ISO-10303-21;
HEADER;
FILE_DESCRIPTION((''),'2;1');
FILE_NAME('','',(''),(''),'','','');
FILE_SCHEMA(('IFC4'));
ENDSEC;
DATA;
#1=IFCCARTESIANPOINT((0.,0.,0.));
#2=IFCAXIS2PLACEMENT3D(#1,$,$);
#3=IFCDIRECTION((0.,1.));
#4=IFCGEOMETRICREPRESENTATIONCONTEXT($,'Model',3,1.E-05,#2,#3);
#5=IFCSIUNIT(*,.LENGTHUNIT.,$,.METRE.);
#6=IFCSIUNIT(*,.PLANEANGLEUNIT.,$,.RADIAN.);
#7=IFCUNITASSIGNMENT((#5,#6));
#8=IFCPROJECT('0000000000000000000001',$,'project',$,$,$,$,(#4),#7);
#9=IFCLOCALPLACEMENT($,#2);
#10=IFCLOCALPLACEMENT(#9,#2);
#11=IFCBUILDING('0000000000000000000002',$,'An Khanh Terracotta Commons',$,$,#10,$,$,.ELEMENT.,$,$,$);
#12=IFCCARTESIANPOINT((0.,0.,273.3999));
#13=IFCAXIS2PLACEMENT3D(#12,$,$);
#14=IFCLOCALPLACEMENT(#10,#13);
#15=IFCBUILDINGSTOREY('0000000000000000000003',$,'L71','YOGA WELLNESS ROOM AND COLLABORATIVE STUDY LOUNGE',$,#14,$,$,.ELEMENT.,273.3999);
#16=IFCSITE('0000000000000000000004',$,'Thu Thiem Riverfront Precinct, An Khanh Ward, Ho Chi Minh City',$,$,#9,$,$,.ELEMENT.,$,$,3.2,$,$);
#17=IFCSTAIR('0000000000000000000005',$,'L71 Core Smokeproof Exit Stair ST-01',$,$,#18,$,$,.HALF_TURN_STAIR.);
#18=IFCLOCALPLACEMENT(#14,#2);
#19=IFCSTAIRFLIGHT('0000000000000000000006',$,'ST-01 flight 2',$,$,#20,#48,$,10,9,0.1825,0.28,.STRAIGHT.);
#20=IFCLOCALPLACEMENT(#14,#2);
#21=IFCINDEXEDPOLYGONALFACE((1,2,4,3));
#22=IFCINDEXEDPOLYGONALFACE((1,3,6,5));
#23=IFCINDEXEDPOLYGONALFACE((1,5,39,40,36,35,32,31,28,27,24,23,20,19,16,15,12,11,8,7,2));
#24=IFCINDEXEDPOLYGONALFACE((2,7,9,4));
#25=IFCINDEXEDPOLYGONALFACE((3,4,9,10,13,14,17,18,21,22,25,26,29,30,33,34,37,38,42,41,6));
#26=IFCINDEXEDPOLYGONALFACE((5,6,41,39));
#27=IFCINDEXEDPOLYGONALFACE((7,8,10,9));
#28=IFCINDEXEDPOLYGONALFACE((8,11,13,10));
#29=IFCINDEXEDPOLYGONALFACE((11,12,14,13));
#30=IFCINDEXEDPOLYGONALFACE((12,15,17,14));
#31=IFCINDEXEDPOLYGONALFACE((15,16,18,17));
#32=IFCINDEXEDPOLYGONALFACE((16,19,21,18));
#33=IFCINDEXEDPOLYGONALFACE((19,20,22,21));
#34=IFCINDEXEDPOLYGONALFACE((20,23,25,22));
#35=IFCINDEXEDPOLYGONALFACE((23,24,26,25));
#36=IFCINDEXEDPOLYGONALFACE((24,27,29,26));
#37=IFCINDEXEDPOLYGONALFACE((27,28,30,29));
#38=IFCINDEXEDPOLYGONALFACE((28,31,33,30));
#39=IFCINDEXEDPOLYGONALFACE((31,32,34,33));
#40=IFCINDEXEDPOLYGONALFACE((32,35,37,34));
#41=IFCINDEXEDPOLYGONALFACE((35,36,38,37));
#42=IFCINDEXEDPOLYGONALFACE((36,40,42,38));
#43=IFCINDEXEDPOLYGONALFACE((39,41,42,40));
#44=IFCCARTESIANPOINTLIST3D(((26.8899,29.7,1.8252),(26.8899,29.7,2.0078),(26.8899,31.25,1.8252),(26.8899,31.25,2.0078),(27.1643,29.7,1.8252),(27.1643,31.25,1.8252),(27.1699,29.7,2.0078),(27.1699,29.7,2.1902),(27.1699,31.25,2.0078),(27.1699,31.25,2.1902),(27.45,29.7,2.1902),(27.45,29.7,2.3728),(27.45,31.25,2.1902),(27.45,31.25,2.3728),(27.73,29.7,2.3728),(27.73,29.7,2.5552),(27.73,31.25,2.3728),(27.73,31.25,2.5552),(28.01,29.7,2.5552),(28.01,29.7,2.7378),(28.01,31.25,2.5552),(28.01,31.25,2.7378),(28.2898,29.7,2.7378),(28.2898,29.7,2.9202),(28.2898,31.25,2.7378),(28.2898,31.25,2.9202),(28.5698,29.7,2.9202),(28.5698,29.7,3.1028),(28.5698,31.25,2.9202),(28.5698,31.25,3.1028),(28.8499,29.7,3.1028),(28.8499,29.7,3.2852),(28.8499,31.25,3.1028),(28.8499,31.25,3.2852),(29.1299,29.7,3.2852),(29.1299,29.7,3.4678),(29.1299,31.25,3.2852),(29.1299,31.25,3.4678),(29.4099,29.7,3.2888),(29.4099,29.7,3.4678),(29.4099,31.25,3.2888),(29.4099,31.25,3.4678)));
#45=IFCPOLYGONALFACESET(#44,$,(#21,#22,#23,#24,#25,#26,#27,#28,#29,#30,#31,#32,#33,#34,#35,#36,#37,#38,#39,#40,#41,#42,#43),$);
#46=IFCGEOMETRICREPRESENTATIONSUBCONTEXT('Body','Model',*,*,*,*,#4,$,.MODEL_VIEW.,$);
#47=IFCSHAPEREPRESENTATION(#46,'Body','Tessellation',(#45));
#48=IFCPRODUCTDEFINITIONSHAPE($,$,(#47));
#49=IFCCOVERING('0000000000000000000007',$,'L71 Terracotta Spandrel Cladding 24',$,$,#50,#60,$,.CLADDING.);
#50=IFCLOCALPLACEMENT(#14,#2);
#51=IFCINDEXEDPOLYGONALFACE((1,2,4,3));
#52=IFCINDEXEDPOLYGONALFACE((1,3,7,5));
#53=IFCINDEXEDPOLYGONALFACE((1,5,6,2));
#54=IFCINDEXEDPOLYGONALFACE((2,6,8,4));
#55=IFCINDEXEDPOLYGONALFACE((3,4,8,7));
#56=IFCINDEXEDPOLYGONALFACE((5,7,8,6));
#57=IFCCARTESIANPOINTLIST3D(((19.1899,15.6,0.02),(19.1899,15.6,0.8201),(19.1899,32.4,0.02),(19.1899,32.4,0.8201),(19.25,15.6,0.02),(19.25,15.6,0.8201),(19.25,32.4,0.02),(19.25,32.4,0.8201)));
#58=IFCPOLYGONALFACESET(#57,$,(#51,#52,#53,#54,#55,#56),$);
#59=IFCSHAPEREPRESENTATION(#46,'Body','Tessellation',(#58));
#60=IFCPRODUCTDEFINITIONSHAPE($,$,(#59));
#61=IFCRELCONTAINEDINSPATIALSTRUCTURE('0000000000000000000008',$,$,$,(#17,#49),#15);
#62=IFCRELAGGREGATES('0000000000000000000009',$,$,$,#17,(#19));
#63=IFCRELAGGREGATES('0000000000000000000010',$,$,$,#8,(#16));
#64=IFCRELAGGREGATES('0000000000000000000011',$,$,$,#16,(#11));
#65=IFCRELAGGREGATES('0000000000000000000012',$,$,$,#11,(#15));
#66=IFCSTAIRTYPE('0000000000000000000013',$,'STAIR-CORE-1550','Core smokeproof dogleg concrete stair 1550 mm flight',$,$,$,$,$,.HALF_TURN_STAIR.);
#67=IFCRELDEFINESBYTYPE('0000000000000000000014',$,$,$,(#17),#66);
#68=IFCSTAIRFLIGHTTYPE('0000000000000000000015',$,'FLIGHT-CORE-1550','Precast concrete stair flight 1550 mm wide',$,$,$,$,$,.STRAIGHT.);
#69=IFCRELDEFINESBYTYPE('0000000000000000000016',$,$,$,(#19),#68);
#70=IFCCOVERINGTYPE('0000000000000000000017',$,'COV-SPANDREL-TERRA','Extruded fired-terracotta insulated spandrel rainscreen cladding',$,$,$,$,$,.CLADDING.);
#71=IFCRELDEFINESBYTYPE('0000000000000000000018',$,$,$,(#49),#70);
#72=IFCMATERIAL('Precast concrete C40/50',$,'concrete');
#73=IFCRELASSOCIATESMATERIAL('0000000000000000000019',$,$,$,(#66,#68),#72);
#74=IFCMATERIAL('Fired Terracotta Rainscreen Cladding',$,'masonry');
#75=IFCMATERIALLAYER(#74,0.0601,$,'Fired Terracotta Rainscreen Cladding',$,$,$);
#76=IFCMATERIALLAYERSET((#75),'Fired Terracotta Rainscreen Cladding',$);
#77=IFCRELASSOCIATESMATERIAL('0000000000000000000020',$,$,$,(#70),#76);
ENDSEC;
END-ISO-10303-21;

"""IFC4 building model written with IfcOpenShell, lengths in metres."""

from ifc_helpers import new_model, si_unit, direction, frame, origin, origin_2d, place, context, subcontext, project, spatial, polyline, rectangle, outline, extrude, material, layer, layer_set, type_object, element, aggregate, save


model = new_model("IFC4")

# Units and contexts
model_context = context("Model", 3, precision=1e-05, world=origin(), true_north=direction((0.0, 1.0)))
body_context = subcontext(model_context, "Body", "Model", "MODEL_VIEW")
ifc_project = project(units=[si_unit("LENGTHUNIT", "METRE"), si_unit("PLANEANGLEUNIT", "RADIAN")], contexts=[model_context])

# Site, building, storey
site_placement = place(None, origin())
site = spatial("IfcSite", under=ifc_project, at=site_placement, Name="Thu Thiem Riverfront Precinct, An Khanh Ward, Ho Chi Minh City", CompositionType="ELEMENT", RefElevation=3.2)
building_placement = place(site_placement, origin())
building = spatial("IfcBuilding", under=site, at=building_placement, Name="An Khanh Terracotta Commons", CompositionType="ELEMENT")
storey_placement = place(building_placement, frame((0.0, 0.0, 273.3999)))
storey = spatial("IfcBuildingStorey", under=building, at=storey_placement, Name="L71", Description="YOGA WELLNESS ROOM AND COLLABORATIVE STUDY LOUNGE", CompositionType="ELEMENT", Elevation=273.3999)

# Shared definitions
ifc_material_1 = material(Name="Precast concrete C40/50", Category="concrete")

# Stair, stair flight
stair_type = type_object("IfcStairType", Name="STAIR-CORE-1550", Description="Core smokeproof dogleg concrete stair 1550 mm flight", PredefinedType="HALF_TURN_STAIR", material=ifc_material_1)
stair_placement = place(storey_placement, origin())
stair = element("IfcStair", 1, at=stair_placement, inside=storey, type_object=stair_type, Name="L71 Core Smokeproof Exit Stair ST-01", PredefinedType="HALF_TURN_STAIR")
stair_flight_type = type_object("IfcStairFlightType", Name="FLIGHT-CORE-1550", Description="Precast concrete stair flight 1550 mm wide", PredefinedType="STRAIGHT", material=ifc_material_1)
stair_flight_1_placement = place(storey_placement, frame((26.8899, 30.4751, 1.8252), z_axis=(0.0, 0.0, 1.0), x_axis=(1.0, 0.0, 0.0)))
stair_flight_1 = element("IfcStairFlight", 2, at=stair_flight_1_placement, type_object=stair_flight_type, Name="ST-01 flight 2", NumberOfRisers=10, NumberOfTreads=9, PredefinedType="STRAIGHT", RiserHeight=0.1825, TreadLength=0.28, context=body_context, shape_type="SweptSolid", body=[
    extrude(outline(polyline([(0.0, 0.0), (0.0, 0.1826), (0.28, 0.1826), (0.28, 0.365), (0.5601, 0.365), (0.5601, 0.5476), (0.8401, 0.5476), (0.8401, 0.73), (1.1201, 0.73), (1.1201, 0.9126), (1.3999, 0.9126), (1.3999, 1.095), (1.6799, 1.095), (1.6799, 1.2776), (1.96, 1.2776), (1.96, 1.46), (2.24, 1.46), (2.24, 1.6426), (2.52, 1.6426), (2.52, 1.825), (2.52, 1.4636), (0.2744, 0.0), (0.0, 0.0)])), frame((0.0, 0.7749, 0.0), z_axis=(0.0, -1.0, 0.0), x_axis=(1.0, 0.0, 0.0)), (0.0, 0.0, 1.0), 1.55),
])
aggregate(stair, [stair_flight_1])

# Covering
ifc_material_2 = material(Name="Fired Terracotta Rainscreen Cladding", Category="masonry")
ifc_layer_1 = layer(ifc_material_2, 0.0601, Name="Fired Terracotta Rainscreen Cladding")
ifc_layer_set_1 = layer_set([ifc_layer_1], Name="Fired Terracotta Rainscreen Cladding")
covering_type = type_object("IfcCoveringType", Name="COV-SPANDREL-TERRA", Description="Extruded fired-terracotta insulated spandrel rainscreen cladding", PredefinedType="CLADDING", material=ifc_layer_set_1)
covering_placement = place(storey_placement, frame((19.22, 24.0, 0.02), z_axis=(0.0, 0.0, 1.0), x_axis=(0.0, -1.0, 0.0)))
element("IfcCovering", 3, at=covering_placement, inside=storey, type_object=covering_type, Name="L71 Terracotta Spandrel Cladding 24", PredefinedType="CLADDING", context=body_context, shape_type="SweptSolid", body=[
    extrude(rectangle(XDim=16.8, YDim=0.0601, at=origin_2d()), origin(), (0.0, 0.0, 1.0), 0.8),
])

save(model, "model.ifc")
